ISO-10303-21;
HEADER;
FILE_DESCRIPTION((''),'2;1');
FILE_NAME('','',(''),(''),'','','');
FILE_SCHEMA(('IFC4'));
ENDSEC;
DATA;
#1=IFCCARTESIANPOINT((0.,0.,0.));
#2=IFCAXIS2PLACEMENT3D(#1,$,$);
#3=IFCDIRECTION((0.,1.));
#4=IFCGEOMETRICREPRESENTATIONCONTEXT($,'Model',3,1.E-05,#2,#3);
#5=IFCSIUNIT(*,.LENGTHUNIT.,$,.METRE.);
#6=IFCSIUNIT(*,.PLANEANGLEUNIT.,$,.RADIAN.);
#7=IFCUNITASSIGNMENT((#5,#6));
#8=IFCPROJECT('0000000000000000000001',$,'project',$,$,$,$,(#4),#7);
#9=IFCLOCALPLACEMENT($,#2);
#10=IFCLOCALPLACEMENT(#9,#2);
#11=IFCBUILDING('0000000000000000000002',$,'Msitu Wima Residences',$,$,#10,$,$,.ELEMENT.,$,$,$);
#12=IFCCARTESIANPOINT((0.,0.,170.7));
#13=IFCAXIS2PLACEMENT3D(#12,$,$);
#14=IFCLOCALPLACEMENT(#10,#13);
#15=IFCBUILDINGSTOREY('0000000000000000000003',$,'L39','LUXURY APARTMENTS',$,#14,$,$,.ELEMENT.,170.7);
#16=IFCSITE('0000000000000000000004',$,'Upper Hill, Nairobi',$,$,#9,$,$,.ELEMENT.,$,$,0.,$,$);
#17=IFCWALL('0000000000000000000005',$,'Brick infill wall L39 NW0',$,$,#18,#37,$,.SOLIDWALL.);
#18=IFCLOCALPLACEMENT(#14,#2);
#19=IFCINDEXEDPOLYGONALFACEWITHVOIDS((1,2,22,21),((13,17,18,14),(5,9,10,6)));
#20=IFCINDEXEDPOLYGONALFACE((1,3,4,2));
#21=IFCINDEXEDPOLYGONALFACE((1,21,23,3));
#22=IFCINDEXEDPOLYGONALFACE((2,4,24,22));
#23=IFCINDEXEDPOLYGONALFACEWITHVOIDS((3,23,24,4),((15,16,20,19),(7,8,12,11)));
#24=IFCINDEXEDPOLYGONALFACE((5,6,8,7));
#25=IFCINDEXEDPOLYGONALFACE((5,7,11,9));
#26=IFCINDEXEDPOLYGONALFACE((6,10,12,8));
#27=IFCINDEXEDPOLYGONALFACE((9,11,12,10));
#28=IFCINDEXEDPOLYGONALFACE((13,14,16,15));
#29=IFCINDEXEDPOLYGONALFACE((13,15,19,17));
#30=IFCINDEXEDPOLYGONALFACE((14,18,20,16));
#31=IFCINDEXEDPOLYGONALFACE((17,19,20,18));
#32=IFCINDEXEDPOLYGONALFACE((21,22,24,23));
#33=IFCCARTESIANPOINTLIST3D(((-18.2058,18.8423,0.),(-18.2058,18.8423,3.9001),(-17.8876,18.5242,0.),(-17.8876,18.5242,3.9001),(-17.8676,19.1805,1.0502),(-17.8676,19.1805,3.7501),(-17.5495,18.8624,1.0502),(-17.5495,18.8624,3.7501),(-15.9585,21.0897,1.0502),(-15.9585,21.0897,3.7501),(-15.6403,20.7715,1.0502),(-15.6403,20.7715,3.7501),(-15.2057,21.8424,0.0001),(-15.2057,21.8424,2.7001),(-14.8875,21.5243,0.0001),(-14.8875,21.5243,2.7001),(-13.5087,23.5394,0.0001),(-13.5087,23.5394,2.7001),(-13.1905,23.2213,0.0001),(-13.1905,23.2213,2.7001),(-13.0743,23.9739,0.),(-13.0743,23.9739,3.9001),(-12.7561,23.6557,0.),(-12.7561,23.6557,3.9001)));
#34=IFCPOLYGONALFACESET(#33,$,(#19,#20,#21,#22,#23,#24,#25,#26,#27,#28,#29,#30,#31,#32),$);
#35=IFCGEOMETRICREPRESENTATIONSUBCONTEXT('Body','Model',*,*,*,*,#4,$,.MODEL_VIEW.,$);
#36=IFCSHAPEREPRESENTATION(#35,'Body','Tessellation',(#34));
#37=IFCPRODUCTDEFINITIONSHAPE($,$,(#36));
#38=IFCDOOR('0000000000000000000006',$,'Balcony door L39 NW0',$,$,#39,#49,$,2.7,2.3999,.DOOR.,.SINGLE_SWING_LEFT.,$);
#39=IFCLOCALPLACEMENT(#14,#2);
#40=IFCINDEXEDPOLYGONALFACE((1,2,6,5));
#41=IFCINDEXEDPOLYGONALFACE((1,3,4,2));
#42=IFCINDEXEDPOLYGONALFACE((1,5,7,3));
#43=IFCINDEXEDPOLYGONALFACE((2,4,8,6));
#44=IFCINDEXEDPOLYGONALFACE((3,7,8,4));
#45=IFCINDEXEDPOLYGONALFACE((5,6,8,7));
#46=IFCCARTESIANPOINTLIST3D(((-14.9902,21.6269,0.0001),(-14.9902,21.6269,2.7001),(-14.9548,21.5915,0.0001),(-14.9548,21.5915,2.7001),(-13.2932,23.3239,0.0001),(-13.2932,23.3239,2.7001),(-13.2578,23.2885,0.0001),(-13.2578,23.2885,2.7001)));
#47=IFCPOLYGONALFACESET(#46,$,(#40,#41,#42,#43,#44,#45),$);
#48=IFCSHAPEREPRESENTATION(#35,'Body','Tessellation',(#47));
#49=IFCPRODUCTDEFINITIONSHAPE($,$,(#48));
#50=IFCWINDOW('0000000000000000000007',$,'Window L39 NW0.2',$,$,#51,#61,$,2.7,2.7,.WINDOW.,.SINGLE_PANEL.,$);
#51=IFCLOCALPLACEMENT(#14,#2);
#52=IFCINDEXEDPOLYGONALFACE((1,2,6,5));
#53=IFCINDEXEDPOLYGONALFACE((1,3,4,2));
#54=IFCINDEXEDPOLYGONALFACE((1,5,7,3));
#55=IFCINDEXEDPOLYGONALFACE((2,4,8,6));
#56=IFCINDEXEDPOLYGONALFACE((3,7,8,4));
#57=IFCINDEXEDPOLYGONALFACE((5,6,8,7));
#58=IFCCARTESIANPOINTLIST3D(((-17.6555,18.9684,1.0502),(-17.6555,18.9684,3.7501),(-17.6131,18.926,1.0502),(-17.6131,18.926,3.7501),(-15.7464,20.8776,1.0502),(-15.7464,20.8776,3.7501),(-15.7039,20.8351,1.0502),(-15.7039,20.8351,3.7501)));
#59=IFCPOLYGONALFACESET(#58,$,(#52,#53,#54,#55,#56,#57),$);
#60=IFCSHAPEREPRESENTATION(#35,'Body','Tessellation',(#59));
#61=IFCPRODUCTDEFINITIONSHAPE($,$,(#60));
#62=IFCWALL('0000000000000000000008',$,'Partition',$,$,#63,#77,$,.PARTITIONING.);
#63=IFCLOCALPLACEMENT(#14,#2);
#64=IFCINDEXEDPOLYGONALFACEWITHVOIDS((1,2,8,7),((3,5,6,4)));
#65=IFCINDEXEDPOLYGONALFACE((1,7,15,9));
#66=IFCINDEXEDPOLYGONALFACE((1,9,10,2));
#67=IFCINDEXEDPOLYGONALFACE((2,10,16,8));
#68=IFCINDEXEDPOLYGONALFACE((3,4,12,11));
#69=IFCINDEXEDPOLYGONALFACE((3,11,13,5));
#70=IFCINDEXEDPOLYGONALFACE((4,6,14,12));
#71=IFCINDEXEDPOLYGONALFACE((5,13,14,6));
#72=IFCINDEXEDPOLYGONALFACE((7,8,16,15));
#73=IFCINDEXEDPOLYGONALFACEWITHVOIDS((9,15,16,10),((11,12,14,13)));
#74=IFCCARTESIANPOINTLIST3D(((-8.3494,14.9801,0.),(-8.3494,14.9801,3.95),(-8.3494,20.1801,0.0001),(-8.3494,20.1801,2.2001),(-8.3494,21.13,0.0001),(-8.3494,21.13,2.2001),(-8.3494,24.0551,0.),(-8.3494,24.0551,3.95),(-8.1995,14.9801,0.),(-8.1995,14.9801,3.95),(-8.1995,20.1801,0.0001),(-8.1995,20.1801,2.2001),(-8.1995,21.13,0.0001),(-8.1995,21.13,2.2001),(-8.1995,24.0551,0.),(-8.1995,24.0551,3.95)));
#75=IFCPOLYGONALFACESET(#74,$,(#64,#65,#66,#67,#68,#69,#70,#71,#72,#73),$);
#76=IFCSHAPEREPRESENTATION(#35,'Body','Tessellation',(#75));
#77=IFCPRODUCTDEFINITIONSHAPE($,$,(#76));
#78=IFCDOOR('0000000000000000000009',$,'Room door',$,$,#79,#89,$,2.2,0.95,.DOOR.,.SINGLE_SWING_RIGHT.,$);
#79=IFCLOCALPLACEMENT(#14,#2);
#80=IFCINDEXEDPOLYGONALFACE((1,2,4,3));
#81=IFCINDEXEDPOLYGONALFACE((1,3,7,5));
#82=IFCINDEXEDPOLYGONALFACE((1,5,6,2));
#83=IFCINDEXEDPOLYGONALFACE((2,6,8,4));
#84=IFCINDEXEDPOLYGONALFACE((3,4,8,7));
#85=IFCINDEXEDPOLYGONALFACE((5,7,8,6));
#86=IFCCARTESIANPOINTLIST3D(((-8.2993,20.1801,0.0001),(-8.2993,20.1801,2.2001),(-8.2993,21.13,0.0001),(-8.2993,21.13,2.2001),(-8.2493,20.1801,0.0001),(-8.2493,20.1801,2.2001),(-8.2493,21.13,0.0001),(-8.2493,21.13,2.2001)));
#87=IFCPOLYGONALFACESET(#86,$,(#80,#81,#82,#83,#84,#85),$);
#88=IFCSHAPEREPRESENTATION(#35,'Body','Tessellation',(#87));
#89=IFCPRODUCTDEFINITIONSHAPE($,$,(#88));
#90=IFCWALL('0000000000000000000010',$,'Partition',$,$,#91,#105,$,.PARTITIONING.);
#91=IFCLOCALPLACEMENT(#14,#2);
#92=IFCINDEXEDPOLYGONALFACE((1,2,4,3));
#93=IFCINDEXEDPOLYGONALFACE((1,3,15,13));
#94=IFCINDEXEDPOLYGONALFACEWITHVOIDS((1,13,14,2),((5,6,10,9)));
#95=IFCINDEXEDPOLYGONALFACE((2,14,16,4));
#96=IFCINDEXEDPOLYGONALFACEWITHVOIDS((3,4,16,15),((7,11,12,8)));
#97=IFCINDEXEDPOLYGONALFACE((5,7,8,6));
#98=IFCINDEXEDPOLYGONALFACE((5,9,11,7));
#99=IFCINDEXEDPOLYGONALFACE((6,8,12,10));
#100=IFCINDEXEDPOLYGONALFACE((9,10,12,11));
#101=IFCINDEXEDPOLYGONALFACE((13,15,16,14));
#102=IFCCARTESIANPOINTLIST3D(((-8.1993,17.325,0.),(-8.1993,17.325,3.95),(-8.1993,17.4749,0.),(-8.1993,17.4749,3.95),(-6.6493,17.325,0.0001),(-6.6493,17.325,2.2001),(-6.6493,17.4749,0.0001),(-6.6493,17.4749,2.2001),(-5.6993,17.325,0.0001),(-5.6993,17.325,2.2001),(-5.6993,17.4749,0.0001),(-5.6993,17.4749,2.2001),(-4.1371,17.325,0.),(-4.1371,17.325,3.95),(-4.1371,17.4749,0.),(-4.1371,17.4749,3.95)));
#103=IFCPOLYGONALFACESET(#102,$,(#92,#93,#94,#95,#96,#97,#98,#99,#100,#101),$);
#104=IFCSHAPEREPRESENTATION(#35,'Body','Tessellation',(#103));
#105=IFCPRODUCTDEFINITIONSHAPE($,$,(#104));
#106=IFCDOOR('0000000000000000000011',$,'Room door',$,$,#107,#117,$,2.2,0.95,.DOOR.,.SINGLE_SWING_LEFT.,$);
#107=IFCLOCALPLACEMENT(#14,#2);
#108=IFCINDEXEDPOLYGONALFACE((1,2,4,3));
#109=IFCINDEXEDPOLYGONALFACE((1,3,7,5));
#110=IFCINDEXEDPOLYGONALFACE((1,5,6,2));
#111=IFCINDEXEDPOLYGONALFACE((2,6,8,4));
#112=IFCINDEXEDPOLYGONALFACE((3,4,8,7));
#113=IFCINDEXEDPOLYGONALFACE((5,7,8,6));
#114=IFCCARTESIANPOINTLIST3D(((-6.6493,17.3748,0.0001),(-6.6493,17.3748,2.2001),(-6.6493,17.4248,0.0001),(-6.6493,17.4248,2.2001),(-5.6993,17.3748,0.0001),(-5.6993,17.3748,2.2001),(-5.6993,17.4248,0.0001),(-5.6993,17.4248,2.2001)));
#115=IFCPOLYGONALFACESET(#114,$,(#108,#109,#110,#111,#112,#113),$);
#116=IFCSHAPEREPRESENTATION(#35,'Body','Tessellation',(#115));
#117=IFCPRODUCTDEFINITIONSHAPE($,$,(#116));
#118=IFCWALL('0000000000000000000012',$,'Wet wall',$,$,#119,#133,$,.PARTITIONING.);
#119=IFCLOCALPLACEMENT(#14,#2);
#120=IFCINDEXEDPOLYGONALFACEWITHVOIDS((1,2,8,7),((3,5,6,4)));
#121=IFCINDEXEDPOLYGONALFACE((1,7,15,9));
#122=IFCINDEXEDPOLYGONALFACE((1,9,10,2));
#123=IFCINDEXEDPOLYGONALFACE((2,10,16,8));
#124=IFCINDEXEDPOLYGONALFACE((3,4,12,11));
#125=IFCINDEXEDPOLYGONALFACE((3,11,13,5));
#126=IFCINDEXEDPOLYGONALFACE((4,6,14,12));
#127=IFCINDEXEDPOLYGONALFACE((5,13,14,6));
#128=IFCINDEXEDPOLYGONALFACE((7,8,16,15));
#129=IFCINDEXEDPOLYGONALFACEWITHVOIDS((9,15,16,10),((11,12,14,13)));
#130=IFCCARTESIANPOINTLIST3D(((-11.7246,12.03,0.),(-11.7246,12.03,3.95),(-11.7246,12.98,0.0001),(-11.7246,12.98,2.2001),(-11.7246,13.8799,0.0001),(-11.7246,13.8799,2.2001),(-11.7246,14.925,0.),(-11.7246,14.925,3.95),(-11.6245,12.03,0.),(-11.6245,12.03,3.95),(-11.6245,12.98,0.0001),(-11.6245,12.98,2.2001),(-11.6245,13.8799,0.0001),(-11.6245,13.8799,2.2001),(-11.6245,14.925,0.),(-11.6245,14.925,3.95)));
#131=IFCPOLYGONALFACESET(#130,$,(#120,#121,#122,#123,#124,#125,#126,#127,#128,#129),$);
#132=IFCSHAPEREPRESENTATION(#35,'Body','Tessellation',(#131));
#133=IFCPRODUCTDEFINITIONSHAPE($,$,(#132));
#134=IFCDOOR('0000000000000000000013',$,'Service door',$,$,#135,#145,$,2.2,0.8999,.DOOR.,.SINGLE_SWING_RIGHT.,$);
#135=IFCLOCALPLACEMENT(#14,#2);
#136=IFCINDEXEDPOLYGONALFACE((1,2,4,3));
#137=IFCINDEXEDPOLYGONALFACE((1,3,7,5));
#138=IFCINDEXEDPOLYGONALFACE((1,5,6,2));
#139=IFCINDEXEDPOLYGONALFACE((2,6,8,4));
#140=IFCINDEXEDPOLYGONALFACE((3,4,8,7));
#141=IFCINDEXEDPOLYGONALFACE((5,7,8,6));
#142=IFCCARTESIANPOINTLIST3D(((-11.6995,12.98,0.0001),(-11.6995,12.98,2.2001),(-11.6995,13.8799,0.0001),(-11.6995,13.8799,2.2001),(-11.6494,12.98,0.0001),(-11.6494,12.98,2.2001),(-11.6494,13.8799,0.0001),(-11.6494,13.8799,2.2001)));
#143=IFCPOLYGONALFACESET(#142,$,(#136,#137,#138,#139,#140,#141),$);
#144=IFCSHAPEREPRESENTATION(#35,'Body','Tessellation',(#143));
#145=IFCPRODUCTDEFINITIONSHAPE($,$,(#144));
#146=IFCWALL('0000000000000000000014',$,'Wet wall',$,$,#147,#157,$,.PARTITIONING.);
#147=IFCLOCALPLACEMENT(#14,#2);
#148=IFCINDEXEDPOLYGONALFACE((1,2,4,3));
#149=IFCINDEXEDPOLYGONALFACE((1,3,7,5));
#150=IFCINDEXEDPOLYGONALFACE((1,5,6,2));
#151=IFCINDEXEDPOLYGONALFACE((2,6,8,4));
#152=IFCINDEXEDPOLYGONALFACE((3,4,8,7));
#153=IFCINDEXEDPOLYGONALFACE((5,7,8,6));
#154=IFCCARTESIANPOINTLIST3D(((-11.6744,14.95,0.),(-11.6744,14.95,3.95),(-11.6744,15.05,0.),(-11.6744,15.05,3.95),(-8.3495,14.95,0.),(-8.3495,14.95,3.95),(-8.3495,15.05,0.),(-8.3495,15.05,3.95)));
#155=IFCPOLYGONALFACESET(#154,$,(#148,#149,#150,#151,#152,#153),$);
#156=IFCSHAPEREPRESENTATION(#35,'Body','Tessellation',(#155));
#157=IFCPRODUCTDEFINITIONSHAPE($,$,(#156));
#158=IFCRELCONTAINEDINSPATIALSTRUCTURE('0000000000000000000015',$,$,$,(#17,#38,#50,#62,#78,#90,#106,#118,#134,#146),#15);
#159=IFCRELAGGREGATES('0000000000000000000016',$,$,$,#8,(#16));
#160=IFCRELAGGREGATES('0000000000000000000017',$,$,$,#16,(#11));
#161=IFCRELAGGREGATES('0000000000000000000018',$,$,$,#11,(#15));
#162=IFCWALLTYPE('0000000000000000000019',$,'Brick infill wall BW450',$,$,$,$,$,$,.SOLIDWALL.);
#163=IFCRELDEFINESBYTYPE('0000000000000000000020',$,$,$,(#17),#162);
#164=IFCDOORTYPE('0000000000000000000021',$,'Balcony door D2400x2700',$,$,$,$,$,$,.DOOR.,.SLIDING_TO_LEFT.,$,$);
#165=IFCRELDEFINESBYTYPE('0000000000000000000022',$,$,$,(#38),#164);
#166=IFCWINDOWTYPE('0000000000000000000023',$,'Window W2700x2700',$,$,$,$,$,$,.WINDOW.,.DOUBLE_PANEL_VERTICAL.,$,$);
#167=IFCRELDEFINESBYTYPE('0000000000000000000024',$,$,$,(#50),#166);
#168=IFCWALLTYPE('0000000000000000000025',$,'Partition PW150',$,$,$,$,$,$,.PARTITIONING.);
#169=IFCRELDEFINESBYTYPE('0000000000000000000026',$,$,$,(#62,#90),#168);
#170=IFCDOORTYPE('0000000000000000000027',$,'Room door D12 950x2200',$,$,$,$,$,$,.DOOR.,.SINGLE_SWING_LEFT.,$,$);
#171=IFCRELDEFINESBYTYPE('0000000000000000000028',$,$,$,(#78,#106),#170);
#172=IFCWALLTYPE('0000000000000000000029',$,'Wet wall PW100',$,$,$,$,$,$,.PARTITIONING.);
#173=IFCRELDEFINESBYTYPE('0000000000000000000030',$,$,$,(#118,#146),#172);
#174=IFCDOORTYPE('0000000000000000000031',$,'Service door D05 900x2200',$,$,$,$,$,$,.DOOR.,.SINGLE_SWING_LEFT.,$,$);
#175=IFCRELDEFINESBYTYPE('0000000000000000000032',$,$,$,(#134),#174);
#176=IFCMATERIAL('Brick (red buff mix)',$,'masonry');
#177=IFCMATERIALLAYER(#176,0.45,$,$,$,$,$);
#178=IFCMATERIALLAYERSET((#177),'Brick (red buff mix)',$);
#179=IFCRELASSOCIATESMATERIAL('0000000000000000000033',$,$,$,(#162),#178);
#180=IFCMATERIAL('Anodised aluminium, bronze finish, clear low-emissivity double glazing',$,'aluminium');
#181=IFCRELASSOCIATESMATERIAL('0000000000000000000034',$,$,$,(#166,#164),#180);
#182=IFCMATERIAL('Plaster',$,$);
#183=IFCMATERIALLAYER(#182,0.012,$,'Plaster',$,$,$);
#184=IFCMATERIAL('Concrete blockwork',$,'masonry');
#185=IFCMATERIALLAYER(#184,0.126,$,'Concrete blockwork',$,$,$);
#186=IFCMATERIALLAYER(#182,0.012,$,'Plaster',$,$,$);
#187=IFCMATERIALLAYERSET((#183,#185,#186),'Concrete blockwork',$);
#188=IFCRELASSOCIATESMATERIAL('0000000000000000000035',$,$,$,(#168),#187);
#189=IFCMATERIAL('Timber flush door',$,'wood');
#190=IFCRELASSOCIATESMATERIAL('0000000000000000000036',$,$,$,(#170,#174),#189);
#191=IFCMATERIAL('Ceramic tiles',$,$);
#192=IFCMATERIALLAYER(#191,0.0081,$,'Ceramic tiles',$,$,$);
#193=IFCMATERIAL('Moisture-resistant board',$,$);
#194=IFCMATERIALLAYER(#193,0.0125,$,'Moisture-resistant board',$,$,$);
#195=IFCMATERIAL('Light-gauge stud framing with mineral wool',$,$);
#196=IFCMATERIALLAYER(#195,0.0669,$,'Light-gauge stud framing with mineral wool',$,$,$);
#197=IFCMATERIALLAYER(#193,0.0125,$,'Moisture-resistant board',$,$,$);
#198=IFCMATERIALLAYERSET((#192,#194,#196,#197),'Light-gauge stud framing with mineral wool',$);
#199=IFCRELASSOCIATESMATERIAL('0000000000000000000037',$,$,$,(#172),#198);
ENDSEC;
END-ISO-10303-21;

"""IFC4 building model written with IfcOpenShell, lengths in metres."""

from ifc_helpers import new_model, si_unit, direction, frame, frame_2d, origin, place, context, subcontext, project, spatial, rectangle, extrude, material, layer, layer_set, type_object, element, fill, save


model = new_model("IFC4")

# Units and contexts
model_context = context("Model", 3, precision=1e-05, world=origin(), true_north=direction((0.0, 1.0)))
body_context = subcontext(model_context, "Body", "Model", "MODEL_VIEW")
ifc_project = project(units=[si_unit("LENGTHUNIT", "METRE"), si_unit("PLANEANGLEUNIT", "RADIAN")], contexts=[model_context])

# Site, building, storey
site_placement = place(None, origin())
site = spatial("IfcSite", under=ifc_project, at=site_placement, Name="Upper Hill, Nairobi", CompositionType="ELEMENT", RefElevation=0.0)
building_placement = place(site_placement, origin())
building = spatial("IfcBuilding", under=site, at=building_placement, Name="Msitu Wima Residences", CompositionType="ELEMENT")
storey_placement = place(building_placement, frame((0.0, 0.0, 170.7)))
storey = spatial("IfcBuildingStorey", under=building, at=storey_placement, Name="L39", Description="LUXURY APARTMENTS", CompositionType="ELEMENT", Elevation=170.7)

# Shared definitions
ifc_material_1 = material(Name="Brick (red buff mix)", Category="masonry")
ifc_layer_1 = layer(ifc_material_1, 0.45)
ifc_layer_set_1 = layer_set([ifc_layer_1], Name="Brick (red buff mix)")
wall_type_1 = type_object("IfcWallType", Name="Brick infill wall BW450", PredefinedType="SOLIDWALL", material=ifc_layer_set_1)
ifc_material_2 = material(Name="Anodised aluminium, bronze finish, clear low-emissivity double glazing", Category="aluminium")
window_type = type_object("IfcWindowType", Name="Window W2700x2700", PartitioningType="DOUBLE_PANEL_VERTICAL", PredefinedType="WINDOW", material=ifc_material_2)

# Wall, openings, door, window
wall_1_placement = place(storey_placement, frame((-12.9153, 23.8147, 0.0), z_axis=(0.0, 0.0, 1.0), x_axis=(-0.707107, -0.707107, 0.0)))
wall_1 = element("IfcWall", 1, at=wall_1_placement, inside=storey, type_object=wall_type_1, Name="Brick infill wall L39 NW0", PredefinedType="SOLIDWALL", context=body_context, shape_type="SweptSolid", body=[
    extrude(rectangle(XDim=7.2571, YDim=0.45, at=frame_2d((3.6284, 0.0))), origin(), (0.0, 0.0, 1.0), 3.9001),
])
opening_1_placement = place(wall_1_placement, frame((0.6143, 0.0, 0.0)))
opening_1 = element("IfcOpeningElement", 2, at=opening_1_placement, cuts=wall_1, PredefinedType="OPENING", context=body_context, shape_type="SweptSolid", body=[
    extrude(rectangle(XDim=2.3999, YDim=2.7, at=frame_2d((1.2, 1.3501))), frame((0.0, 0.2349, 0.0), z_axis=(0.0, -1.0, 0.0), x_axis=(1.0, 0.0, 0.0)), (0.0, 0.0, 1.0), 0.47),
])
opening_2_placement = place(wall_1_placement, frame((4.0786, 0.0, 1.05)))
opening_2 = element("IfcOpeningElement", 3, at=opening_2_placement, cuts=wall_1, PredefinedType="OPENING", context=body_context, shape_type="SweptSolid", body=[
    extrude(rectangle(XDim=2.7, YDim=2.7, at=frame_2d((1.3501, 1.3501))), frame((0.0, 0.2349, 0.0), z_axis=(0.0, -1.0, 0.0), x_axis=(1.0, 0.0, 0.0)), (0.0, 0.0, 1.0), 0.47),
])
door_type_1 = type_object("IfcDoorType", Name="Balcony door D2400x2700", OperationType="SLIDING_TO_LEFT", PredefinedType="DOOR", material=ifc_material_2)
door_1_placement = place(opening_1_placement, origin())
door_1 = element("IfcDoor", 4, at=door_1_placement, inside=storey, type_object=door_type_1, Name="Balcony door L39 NW0", OperationType="SINGLE_SWING_LEFT", OverallHeight=2.7, OverallWidth=2.3999, PredefinedType="DOOR", context=body_context, shape_type="SweptSolid", body=[
    extrude(rectangle(XDim=2.3999, YDim=2.7, at=frame_2d((1.2, 1.3501))), frame((0.0, 0.1299, 0.0), z_axis=(0.0, -1.0, 0.0), x_axis=(1.0, 0.0, 0.0)), (0.0, 0.0, 1.0), 0.05),
])
fill(opening_1, door_1)
window_1_placement = place(opening_2_placement, origin())
window_1 = element("IfcWindow", 5, at=window_1_placement, inside=storey, type_object=window_type, Name="Window L39 NW0.2", OverallHeight=2.7, OverallWidth=2.7, PartitioningType="SINGLE_PANEL", PredefinedType="WINDOW", context=body_context, shape_type="SweptSolid", body=[
    extrude(rectangle(XDim=2.7, YDim=2.7, at=frame_2d((1.3501, 1.3501))), frame((0.0, 0.135, 0.0), z_axis=(0.0, -1.0, 0.0), x_axis=(1.0, 0.0, 0.0)), (0.0, 0.0, 1.0), 0.0601),
])
fill(opening_2, window_1)

# Walls, openings, doors
ifc_material_3 = material(Name="Plaster")
ifc_layer_2 = layer(ifc_material_3, 0.012, Name="Plaster")
ifc_material_4 = material(Name="Concrete blockwork", Category="masonry")
ifc_layer_3 = layer(ifc_material_4, 0.126, Name="Concrete blockwork")
ifc_layer_4 = layer(ifc_material_3, 0.012, Name="Plaster")
ifc_layer_set_2 = layer_set([ifc_layer_2, ifc_layer_3, ifc_layer_4], Name="Concrete blockwork")
wall_type_2 = type_object("IfcWallType", Name="Partition PW150", PredefinedType="PARTITIONING", material=ifc_layer_set_2)
wall_2_placement = place(storey_placement, frame((-8.2744, 14.98, 0.0), z_axis=(0.0, 0.0, 1.0), x_axis=(0.0, 1.0, 0.0)))
wall_2 = element("IfcWall", 6, at=wall_2_placement, inside=storey, type_object=wall_type_2, Name="Partition", PredefinedType="PARTITIONING", context=body_context, shape_type="SweptSolid", body=[
    extrude(rectangle(XDim=9.075, YDim=0.1499, at=frame_2d((4.5376, 0.0))), origin(), (0.0, 0.0, 1.0), 3.95),
])
opening_3_placement = place(wall_2_placement, frame((5.2, 0.0, 0.0)))
opening_3 = element("IfcOpeningElement", 7, at=opening_3_placement, cuts=wall_2, PredefinedType="OPENING", context=body_context, shape_type="SweptSolid", body=[
    extrude(rectangle(XDim=0.95, YDim=2.2, at=frame_2d((0.4751, 1.1001))), frame((0.0, 0.085, 0.0), z_axis=(0.0, -1.0, 0.0), x_axis=(1.0, 0.0, 0.0)), (0.0, 0.0, 1.0), 0.1699),
])
ifc_material_5 = material(Name="Timber flush door", Category="wood")
door_type_2 = type_object("IfcDoorType", Name="Room door D12 950x2200", OperationType="SINGLE_SWING_LEFT", PredefinedType="DOOR", material=ifc_material_5)
door_2_placement = place(opening_3_placement, origin())
door_2 = element("IfcDoor", 8, at=door_2_placement, inside=storey, type_object=door_type_2, Name="Room door", OperationType="SINGLE_SWING_RIGHT", OverallHeight=2.2, OverallWidth=0.95, PredefinedType="DOOR", context=body_context, shape_type="SweptSolid", body=[
    extrude(rectangle(XDim=0.95, YDim=2.2, at=frame_2d((0.4751, 1.1001))), frame((0.0, 0.0249, 0.0), z_axis=(0.0, -1.0, 0.0), x_axis=(1.0, 0.0, 0.0)), (0.0, 0.0, 1.0), 0.05),
])
fill(opening_3, door_2)
wall_3_placement = place(storey_placement, frame((-8.1995, 17.3999, 0.0), z_axis=(0.0, 0.0, 1.0), x_axis=(1.0, 0.0, 0.0)))
wall_3 = element("IfcWall", 9, at=wall_3_placement, inside=storey, type_object=wall_type_2, Name="Partition", PredefinedType="PARTITIONING", context=body_context, shape_type="SweptSolid", body=[
    extrude(rectangle(XDim=4.0623, YDim=0.1499, at=frame_2d((2.0312, 0.0))), origin(), (0.0, 0.0, 1.0), 3.95),
])
opening_4_placement = place(wall_3_placement, frame((1.55, 0.0, 0.0)))
opening_4 = element("IfcOpeningElement", 10, at=opening_4_placement, cuts=wall_3, PredefinedType="OPENING", context=body_context, shape_type="SweptSolid", body=[
    extrude(rectangle(XDim=0.95, YDim=2.2, at=frame_2d((0.4751, 1.1001))), frame((0.0, 0.085, 0.0), z_axis=(0.0, -1.0, 0.0), x_axis=(1.0, 0.0, 0.0)), (0.0, 0.0, 1.0), 0.1699),
])
door_3_placement = place(opening_4_placement, origin())
door_3 = element("IfcDoor", 11, at=door_3_placement, inside=storey, type_object=door_type_2, Name="Room door", OperationType="SINGLE_SWING_LEFT", OverallHeight=2.2, OverallWidth=0.95, PredefinedType="DOOR", context=body_context, shape_type="SweptSolid", body=[
    extrude(rectangle(XDim=0.95, YDim=2.2, at=frame_2d((0.4751, 1.1001))), frame((0.0, 0.0249, 0.0), z_axis=(0.0, -1.0, 0.0), x_axis=(1.0, 0.0, 0.0)), (0.0, 0.0, 1.0), 0.05),
])
fill(opening_4, door_3)
ifc_material_6 = material(Name="Ceramic tiles")
ifc_layer_5 = layer(ifc_material_6, 0.0081, Name="Ceramic tiles")
ifc_material_7 = material(Name="Moisture-resistant board")
ifc_layer_6 = layer(ifc_material_7, 0.0125, Name="Moisture-resistant board")
ifc_material_8 = material(Name="Light-gauge stud framing with mineral wool")
ifc_layer_7 = layer(ifc_material_8, 0.0669, Name="Light-gauge stud framing with mineral wool")
ifc_layer_8 = layer(ifc_material_7, 0.0125, Name="Moisture-resistant board")
ifc_layer_set_3 = layer_set([ifc_layer_5, ifc_layer_6, ifc_layer_7, ifc_layer_8], Name="Light-gauge stud framing with mineral wool")
wall_type_3 = type_object("IfcWallType", Name="Wet wall PW100", PredefinedType="PARTITIONING", material=ifc_layer_set_3)
wall_4_placement = place(storey_placement, frame((-11.6746, 12.03, 0.0), z_axis=(0.0, 0.0, 1.0), x_axis=(0.0, 1.0, 0.0)))
wall_4 = element("IfcWall", 12, at=wall_4_placement, inside=storey, type_object=wall_type_3, Name="Wet wall", PredefinedType="PARTITIONING", context=body_context, shape_type="SweptSolid", body=[
    extrude(rectangle(XDim=2.895, YDim=0.1001, at=frame_2d((1.4475, 0.0))), origin(), (0.0, 0.0, 1.0), 3.95),
])
opening_5_placement = place(wall_4_placement, frame((0.95, 0.0, 0.0)))
opening_5 = element("IfcOpeningElement", 13, at=opening_5_placement, cuts=wall_4, PredefinedType="OPENING", context=body_context, shape_type="SweptSolid", body=[
    extrude(rectangle(XDim=0.8999, YDim=2.2, at=frame_2d((0.45, 1.1001))), frame((0.0, 0.0601, 0.0), z_axis=(0.0, -1.0, 0.0), x_axis=(1.0, 0.0, 0.0)), (0.0, 0.0, 1.0), 0.1201),
])
door_type_3 = type_object("IfcDoorType", Name="Service door D05 900x2200", OperationType="SINGLE_SWING_LEFT", PredefinedType="DOOR", material=ifc_material_5)
door_4_placement = place(opening_5_placement, origin())
door_4 = element("IfcDoor", 14, at=door_4_placement, inside=storey, type_object=door_type_3, Name="Service door", OperationType="SINGLE_SWING_RIGHT", OverallHeight=2.2, OverallWidth=0.8999, PredefinedType="DOOR", context=body_context, shape_type="SweptSolid", body=[
    extrude(rectangle(XDim=0.8999, YDim=2.2, at=frame_2d((0.45, 1.1001))), frame((0.0, 0.0249, 0.0), z_axis=(0.0, -1.0, 0.0), x_axis=(1.0, 0.0, 0.0)), (0.0, 0.0, 1.0), 0.05),
])
fill(opening_5, door_4)

# Wall
wall_5_placement = place(storey_placement, frame((-11.6746, 15.0, 0.0), z_axis=(0.0, 0.0, 1.0), x_axis=(1.0, 0.0, 0.0)))
element("IfcWall", 15, at=wall_5_placement, inside=storey, type_object=wall_type_3, Name="Wet wall", PredefinedType="PARTITIONING", context=body_context, shape_type="SweptSolid", body=[
    extrude(rectangle(XDim=3.325, YDim=0.1001, at=frame_2d((1.6626, 0.0))), origin(), (0.0, 0.0, 1.0), 3.95),
])

save(model, "model.ifc")
